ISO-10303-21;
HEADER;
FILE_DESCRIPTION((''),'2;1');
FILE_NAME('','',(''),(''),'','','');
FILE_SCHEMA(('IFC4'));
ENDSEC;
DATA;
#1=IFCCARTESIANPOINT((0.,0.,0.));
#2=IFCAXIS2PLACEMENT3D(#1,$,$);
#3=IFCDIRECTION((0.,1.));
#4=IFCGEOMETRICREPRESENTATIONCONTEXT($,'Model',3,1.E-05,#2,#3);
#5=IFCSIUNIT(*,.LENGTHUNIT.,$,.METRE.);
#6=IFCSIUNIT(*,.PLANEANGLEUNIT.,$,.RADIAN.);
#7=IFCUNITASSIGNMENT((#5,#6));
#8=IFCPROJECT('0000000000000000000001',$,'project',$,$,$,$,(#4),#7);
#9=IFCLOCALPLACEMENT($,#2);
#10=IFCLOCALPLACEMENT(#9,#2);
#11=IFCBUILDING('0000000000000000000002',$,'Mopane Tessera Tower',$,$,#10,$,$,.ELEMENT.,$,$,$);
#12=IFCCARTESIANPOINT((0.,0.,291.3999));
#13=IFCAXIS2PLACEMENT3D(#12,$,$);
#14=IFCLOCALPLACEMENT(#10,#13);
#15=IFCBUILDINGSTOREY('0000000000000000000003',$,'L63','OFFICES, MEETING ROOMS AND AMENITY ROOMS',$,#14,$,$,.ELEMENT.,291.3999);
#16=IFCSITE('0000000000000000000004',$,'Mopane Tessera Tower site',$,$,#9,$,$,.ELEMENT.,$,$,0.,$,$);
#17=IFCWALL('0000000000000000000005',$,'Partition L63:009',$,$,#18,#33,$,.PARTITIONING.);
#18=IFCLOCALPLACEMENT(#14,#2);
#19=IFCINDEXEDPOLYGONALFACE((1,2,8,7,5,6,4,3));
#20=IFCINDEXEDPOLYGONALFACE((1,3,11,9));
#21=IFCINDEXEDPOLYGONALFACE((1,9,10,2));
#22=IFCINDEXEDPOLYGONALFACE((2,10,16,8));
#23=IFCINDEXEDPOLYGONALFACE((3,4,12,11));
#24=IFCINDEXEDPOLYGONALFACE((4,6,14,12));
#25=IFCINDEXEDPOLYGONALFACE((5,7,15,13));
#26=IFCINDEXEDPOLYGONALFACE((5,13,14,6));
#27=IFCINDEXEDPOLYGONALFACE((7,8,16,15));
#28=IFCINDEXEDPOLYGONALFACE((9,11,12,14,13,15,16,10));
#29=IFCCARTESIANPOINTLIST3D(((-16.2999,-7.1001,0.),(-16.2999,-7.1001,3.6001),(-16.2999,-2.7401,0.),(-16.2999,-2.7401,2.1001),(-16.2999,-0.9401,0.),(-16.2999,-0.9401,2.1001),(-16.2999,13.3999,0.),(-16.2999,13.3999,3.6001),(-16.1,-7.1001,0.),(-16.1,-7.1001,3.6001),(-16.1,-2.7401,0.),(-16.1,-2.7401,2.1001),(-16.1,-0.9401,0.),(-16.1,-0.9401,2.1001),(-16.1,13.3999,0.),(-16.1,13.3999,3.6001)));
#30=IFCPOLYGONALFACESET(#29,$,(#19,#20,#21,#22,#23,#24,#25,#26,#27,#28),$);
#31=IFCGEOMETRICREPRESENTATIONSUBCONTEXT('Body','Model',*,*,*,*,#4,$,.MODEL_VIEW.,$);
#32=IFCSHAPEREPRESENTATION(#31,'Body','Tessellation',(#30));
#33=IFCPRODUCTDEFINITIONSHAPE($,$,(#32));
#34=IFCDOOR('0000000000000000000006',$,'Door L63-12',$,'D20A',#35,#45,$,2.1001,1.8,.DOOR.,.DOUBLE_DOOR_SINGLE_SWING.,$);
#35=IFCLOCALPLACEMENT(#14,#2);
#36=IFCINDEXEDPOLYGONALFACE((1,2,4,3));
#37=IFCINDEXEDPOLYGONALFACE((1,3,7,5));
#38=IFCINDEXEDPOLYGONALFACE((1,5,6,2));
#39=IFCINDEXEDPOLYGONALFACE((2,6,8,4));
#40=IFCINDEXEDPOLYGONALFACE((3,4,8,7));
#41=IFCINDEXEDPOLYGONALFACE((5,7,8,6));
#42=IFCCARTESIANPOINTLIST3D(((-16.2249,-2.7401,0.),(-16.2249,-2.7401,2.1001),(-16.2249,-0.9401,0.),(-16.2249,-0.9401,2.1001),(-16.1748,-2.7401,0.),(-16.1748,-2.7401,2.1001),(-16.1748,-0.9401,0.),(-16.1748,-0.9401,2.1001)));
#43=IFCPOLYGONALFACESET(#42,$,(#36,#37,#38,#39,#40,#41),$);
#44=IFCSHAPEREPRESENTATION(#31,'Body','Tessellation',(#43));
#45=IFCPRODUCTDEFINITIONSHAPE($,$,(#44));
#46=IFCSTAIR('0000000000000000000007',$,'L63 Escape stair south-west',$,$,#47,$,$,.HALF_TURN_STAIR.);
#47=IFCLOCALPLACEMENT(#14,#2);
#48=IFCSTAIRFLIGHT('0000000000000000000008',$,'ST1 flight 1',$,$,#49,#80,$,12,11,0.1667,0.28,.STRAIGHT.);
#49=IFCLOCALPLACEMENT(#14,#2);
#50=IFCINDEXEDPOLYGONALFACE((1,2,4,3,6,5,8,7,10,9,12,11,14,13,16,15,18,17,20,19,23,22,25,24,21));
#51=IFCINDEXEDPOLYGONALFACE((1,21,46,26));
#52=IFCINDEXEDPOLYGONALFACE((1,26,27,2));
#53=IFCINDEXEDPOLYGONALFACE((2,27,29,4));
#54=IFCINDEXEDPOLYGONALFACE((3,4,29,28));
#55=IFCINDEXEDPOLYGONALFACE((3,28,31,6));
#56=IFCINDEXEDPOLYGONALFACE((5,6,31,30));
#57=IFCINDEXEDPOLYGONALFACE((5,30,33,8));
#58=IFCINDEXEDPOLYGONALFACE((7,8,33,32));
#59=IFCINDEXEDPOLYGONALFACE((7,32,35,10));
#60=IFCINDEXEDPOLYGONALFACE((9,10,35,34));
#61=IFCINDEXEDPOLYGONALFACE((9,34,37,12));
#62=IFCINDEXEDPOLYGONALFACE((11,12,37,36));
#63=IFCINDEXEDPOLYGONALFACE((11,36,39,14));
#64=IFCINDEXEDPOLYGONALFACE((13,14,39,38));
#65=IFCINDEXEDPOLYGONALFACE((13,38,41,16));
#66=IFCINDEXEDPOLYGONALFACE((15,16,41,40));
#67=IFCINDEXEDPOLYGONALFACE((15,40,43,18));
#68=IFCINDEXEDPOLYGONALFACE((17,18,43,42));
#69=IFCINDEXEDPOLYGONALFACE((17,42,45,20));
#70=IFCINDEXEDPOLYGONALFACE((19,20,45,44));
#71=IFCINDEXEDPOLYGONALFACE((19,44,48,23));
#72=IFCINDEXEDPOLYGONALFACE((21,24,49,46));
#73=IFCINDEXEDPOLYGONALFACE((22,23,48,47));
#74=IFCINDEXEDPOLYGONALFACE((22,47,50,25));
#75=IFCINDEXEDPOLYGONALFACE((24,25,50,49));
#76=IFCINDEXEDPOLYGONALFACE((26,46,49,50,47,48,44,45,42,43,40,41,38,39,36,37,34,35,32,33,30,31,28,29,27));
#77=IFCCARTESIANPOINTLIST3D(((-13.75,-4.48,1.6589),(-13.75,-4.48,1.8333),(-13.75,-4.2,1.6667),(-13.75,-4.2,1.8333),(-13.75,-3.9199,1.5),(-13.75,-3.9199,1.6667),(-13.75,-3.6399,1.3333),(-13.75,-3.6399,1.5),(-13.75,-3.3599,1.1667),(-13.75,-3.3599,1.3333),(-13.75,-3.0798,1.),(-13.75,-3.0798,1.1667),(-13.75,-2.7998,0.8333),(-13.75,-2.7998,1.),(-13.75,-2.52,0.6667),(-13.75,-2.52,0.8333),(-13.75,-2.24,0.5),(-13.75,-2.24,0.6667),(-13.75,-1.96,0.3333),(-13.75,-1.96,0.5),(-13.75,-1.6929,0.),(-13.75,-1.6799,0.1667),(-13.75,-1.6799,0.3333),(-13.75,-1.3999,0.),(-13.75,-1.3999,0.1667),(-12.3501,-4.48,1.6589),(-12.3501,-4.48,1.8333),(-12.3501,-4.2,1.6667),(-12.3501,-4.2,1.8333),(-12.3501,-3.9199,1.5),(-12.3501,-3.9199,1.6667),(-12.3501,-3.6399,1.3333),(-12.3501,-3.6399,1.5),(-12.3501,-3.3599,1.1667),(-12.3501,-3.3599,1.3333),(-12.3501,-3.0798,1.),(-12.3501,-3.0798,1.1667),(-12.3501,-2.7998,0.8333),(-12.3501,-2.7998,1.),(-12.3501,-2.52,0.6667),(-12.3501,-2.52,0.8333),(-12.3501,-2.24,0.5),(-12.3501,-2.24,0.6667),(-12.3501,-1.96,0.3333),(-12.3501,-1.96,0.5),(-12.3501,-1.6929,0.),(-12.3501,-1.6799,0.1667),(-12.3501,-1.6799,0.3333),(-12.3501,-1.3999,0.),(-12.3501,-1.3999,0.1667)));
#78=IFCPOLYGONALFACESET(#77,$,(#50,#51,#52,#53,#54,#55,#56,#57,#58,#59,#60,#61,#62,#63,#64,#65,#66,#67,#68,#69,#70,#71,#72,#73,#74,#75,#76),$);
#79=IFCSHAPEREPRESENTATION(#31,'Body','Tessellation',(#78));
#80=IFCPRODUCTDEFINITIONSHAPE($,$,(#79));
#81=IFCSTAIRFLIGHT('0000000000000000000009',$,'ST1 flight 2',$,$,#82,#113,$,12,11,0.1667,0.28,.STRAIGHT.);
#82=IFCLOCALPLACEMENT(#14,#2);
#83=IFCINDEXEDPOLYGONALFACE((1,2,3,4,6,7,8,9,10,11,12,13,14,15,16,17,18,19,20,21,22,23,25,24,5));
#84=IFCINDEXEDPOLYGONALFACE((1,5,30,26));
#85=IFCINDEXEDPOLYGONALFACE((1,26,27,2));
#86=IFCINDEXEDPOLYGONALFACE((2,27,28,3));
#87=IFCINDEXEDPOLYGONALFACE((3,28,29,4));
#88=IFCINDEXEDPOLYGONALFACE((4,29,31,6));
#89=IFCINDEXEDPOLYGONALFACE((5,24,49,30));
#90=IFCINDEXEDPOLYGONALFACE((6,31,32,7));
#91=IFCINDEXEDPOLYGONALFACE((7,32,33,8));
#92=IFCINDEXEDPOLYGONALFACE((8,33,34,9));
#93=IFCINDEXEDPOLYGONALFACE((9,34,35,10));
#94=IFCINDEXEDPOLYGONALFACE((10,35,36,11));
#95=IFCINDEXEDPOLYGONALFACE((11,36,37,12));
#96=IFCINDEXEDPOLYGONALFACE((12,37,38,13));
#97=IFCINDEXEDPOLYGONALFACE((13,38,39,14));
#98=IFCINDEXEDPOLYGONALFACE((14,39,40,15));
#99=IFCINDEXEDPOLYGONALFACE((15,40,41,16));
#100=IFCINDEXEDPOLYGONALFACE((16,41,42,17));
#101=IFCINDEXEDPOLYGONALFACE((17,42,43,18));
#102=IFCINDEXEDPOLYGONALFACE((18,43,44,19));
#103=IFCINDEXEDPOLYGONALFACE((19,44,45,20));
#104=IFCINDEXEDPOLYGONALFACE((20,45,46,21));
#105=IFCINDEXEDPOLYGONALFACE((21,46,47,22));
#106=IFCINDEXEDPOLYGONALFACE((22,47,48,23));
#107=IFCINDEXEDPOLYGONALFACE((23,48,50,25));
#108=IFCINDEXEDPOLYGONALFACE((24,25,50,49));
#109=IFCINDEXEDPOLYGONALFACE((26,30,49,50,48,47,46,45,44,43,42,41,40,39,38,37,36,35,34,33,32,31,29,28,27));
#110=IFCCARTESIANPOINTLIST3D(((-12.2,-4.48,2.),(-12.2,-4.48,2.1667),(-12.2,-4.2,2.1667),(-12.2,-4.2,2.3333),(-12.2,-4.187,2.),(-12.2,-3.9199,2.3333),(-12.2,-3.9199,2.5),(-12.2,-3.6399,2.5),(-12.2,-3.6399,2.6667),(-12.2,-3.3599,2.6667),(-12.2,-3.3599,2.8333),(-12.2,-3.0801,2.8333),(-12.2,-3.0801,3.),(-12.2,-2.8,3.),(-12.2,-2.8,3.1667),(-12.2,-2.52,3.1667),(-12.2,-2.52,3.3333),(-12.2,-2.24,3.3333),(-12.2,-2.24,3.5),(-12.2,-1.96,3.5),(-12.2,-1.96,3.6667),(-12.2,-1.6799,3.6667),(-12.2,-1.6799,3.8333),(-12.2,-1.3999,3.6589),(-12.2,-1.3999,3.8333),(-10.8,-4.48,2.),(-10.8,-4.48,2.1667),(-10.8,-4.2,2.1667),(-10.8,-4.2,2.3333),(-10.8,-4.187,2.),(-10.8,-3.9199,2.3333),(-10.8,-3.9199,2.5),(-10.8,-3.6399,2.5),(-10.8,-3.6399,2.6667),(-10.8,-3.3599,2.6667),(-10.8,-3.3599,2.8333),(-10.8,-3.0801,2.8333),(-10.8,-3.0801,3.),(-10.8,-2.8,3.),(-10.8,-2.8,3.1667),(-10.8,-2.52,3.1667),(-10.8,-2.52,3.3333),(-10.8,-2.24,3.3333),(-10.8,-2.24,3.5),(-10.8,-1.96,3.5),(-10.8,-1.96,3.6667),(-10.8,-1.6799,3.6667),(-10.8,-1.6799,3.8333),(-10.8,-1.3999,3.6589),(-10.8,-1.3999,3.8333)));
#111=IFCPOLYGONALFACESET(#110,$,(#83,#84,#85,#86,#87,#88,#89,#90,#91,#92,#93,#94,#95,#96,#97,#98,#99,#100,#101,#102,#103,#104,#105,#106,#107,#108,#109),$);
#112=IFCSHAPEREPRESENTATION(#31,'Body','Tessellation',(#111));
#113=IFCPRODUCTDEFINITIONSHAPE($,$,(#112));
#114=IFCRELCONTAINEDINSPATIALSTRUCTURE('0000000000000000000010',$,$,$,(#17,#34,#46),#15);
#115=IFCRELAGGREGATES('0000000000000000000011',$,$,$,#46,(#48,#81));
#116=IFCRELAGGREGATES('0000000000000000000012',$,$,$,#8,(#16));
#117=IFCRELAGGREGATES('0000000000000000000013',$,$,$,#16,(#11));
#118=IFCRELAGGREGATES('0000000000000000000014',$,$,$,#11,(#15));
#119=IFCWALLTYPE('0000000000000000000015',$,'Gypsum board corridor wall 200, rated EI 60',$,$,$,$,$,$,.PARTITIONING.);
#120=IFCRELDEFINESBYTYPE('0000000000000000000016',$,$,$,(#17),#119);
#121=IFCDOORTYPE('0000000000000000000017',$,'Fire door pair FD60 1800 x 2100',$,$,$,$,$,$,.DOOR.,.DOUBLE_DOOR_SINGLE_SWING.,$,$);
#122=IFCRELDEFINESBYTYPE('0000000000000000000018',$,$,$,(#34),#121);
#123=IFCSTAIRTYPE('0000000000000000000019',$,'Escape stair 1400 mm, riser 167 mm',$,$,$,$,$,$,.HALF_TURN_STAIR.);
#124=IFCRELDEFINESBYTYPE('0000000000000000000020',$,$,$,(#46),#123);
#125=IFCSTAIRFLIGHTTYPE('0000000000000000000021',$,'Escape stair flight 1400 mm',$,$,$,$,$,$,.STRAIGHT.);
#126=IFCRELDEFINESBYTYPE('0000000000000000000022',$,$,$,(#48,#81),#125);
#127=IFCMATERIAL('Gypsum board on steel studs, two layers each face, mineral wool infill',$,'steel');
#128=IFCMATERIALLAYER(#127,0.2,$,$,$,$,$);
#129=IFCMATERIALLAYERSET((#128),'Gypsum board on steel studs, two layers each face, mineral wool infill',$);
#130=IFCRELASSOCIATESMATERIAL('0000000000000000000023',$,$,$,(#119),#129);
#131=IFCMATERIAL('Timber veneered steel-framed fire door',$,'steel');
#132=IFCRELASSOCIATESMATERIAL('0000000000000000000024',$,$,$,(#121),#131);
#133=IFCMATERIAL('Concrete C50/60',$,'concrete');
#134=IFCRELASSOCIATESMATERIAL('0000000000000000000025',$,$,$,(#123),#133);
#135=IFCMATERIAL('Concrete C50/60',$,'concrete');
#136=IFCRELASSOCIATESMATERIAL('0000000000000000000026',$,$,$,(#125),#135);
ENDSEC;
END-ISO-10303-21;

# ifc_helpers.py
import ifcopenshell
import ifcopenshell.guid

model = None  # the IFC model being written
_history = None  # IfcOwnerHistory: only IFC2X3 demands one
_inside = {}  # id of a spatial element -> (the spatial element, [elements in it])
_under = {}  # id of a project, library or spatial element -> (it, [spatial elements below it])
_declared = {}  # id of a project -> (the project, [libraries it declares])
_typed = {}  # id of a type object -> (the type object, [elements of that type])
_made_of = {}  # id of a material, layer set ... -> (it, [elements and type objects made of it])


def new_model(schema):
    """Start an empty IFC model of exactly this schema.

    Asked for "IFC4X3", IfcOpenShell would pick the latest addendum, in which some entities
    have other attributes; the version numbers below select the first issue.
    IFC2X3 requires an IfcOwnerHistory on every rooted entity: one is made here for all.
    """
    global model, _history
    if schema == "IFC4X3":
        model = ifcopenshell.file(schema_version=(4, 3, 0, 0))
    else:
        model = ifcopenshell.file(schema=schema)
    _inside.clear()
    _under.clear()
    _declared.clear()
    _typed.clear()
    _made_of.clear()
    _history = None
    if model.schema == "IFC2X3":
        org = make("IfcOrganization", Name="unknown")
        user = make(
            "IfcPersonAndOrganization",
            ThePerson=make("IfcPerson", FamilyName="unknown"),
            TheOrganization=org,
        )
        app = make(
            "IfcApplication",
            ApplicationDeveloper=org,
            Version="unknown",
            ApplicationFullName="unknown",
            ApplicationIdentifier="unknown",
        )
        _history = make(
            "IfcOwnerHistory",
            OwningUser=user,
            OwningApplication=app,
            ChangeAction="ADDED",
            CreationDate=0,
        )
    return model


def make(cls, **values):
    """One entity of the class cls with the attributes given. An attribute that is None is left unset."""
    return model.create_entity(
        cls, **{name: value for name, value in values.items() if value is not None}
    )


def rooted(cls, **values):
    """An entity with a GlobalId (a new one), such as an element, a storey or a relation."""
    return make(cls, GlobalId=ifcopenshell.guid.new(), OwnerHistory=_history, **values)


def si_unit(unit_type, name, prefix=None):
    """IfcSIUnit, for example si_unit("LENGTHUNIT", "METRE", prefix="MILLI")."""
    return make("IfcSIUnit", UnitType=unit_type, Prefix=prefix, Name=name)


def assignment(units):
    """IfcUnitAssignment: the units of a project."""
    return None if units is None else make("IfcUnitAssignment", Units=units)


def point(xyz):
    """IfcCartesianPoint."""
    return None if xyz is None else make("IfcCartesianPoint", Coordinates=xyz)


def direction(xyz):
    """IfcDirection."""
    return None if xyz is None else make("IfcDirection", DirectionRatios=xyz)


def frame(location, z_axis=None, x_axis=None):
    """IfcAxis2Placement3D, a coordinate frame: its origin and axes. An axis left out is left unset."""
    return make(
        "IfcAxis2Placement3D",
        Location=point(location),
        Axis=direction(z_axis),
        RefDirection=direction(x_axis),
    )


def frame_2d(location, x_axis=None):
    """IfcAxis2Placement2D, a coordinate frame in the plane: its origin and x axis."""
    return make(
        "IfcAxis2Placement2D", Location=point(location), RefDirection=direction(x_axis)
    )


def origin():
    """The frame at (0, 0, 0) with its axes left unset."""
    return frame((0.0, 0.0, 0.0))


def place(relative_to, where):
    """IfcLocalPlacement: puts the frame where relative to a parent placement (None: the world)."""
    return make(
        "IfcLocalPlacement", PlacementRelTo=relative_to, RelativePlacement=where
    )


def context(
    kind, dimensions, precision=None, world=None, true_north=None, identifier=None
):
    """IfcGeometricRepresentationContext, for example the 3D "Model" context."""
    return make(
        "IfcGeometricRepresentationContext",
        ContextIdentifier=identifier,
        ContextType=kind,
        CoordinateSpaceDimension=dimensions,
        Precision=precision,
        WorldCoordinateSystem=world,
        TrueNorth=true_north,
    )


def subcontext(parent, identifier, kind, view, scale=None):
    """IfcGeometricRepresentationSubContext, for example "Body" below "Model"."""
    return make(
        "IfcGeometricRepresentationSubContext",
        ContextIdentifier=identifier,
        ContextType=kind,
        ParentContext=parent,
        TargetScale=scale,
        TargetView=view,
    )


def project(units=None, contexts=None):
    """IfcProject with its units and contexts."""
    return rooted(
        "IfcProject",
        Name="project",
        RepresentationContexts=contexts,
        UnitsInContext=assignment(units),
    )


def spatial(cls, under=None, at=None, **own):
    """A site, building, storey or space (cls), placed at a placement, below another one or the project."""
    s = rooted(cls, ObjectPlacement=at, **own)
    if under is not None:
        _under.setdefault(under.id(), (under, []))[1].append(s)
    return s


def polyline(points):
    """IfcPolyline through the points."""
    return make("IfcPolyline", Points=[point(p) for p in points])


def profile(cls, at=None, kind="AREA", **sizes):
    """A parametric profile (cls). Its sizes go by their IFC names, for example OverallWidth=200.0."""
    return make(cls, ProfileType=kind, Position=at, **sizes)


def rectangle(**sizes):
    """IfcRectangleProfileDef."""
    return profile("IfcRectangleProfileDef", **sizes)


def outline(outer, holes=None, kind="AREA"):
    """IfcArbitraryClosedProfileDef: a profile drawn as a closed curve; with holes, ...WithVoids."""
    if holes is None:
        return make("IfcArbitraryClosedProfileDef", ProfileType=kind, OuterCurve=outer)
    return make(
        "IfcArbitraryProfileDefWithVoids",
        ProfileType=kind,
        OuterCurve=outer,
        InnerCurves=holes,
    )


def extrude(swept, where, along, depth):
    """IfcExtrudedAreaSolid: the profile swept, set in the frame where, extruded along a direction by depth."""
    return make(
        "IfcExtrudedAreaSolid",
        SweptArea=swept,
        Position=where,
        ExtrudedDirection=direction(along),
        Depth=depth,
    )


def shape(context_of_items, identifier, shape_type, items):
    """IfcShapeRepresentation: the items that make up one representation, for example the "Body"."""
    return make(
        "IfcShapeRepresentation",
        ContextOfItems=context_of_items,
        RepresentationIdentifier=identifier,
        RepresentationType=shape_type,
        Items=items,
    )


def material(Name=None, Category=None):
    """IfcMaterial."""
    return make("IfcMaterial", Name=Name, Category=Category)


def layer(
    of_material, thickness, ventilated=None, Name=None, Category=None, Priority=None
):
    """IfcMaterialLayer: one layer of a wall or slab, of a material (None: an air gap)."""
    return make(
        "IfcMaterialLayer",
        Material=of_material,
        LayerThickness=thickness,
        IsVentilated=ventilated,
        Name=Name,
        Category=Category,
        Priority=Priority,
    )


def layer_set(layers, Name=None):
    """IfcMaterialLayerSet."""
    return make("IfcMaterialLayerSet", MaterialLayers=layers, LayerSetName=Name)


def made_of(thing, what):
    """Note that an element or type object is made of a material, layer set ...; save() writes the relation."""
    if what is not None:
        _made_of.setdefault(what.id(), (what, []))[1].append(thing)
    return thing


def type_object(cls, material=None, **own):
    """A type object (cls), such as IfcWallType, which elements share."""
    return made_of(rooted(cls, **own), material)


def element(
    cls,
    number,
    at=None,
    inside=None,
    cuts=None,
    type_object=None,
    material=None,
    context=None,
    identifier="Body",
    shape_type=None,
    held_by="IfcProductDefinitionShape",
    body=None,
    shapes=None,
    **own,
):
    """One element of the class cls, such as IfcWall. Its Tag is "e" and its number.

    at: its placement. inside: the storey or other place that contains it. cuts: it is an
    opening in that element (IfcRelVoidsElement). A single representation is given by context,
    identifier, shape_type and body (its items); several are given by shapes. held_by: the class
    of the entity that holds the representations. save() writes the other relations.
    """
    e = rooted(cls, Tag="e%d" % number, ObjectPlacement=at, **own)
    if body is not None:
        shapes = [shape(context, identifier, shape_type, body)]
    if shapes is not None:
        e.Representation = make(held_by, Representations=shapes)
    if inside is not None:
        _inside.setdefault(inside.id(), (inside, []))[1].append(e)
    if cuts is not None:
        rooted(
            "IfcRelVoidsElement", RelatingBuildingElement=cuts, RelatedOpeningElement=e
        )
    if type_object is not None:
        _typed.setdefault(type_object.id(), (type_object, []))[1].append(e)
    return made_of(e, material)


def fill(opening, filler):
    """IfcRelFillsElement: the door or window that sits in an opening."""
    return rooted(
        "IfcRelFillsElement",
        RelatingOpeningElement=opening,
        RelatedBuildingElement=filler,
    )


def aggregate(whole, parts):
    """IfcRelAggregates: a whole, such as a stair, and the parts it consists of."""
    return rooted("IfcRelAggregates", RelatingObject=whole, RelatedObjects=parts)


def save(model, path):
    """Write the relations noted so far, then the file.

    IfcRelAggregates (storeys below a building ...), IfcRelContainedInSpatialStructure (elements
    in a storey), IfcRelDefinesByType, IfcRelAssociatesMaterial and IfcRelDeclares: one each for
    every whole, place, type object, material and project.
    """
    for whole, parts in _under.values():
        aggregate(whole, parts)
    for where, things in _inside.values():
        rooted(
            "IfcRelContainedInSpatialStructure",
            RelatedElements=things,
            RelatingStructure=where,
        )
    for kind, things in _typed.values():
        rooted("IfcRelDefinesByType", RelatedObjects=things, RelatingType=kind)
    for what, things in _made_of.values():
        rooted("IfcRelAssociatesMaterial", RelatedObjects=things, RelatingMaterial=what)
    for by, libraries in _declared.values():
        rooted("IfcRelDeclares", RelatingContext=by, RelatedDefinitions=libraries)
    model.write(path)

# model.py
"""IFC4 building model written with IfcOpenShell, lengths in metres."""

from ifc_helpers import new_model, si_unit, direction, frame, frame_2d, origin, place, context, subcontext, project, spatial, polyline, rectangle, outline, extrude, material, layer, layer_set, type_object, element, fill, aggregate, save


model = new_model("IFC4")

# Units and contexts
model_context = context("Model", 3, precision=1e-05, world=origin(), true_north=direction((0.0, 1.0)))
body_context = subcontext(model_context, "Body", "Model", "MODEL_VIEW")
ifc_project = project(units=[si_unit("LENGTHUNIT", "METRE"), si_unit("PLANEANGLEUNIT", "RADIAN")], contexts=[model_context])

# Site, building, storey
site_placement = place(None, origin())
site = spatial("IfcSite", under=ifc_project, at=site_placement, Name="Mopane Tessera Tower site", CompositionType="ELEMENT", RefElevation=0.0)
building_placement = place(site_placement, origin())
building = spatial("IfcBuilding", under=site, at=building_placement, Name="Mopane Tessera Tower", CompositionType="ELEMENT")
storey_placement = place(building_placement, frame((0.0, 0.0, 291.3999)))
storey = spatial("IfcBuildingStorey", under=building, at=storey_placement, Name="L63", Description="OFFICES, MEETING ROOMS AND AMENITY ROOMS", CompositionType="ELEMENT", Elevation=291.3999)

# Wall, opening, door
ifc_material_1 = material(Name="Gypsum board on steel studs, two layers each face, mineral wool infill", Category="steel")
ifc_layer_1 = layer(ifc_material_1, 0.2)
ifc_layer_set_1 = layer_set([ifc_layer_1], Name="Gypsum board on steel studs, two layers each face, mineral wool infill")
wall_type_1 = type_object("IfcWallType", Name="Gypsum board corridor wall 200, rated EI 60", PredefinedType="PARTITIONING", material=ifc_layer_set_1)
wall_1_placement = place(storey_placement, frame((-16.2, -7.1001, 0.0), z_axis=(0.0, 0.0, 1.0), x_axis=(0.0, 1.0, 0.0)))
wall_1 = element("IfcWall", 1, at=wall_1_placement, inside=storey, type_object=wall_type_1, Name="Partition L63:009", PredefinedType="PARTITIONING", context=body_context, shape_type="SweptSolid", body=[
    extrude(rectangle(XDim=20.5, YDim=0.2, at=frame_2d((10.25, 0.0))), origin(), (0.0, 0.0, 1.0), 3.6001),
])
opening_1_placement = place(wall_1_placement, frame((4.3601, 0.0, 0.0)))
opening_1 = element("IfcOpeningElement", 2, at=opening_1_placement, cuts=wall_1, PredefinedType="OPENING", context=body_context, shape_type="SweptSolid", body=[
    extrude(rectangle(XDim=1.8, YDim=2.1001, at=frame_2d((0.8999, 1.05))), frame((0.0, 0.1121, 0.0), z_axis=(0.0, -1.0, 0.0), x_axis=(1.0, 0.0, 0.0)), (0.0, 0.0, 1.0), 0.2239),
])
ifc_material_2 = material(Name="Timber veneered steel-framed fire door", Category="steel")
door_type_1 = type_object("IfcDoorType", Name="Fire door pair FD60 1800 x 2100", OperationType="DOUBLE_DOOR_SINGLE_SWING", PredefinedType="DOOR", material=ifc_material_2)
door_1_placement = place(opening_1_placement, origin())
door_1 = element("IfcDoor", 3, at=door_1_placement, inside=storey, type_object=door_type_1, Name="Door L63-12", ObjectType="D20A", OperationType="DOUBLE_DOOR_SINGLE_SWING", OverallHeight=2.1001, OverallWidth=1.8, PredefinedType="DOOR", context=body_context, shape_type="SweptSolid", body=[
    extrude(rectangle(XDim=1.8, YDim=2.1001, at=frame_2d((0.8999, 1.05))), frame((0.0, 0.0249, 0.0), z_axis=(0.0, -1.0, 0.0), x_axis=(1.0, 0.0, 0.0)), (0.0, 0.0, 1.0), 0.05),
])
fill(opening_1, door_1)

# Stair, stair flights
ifc_material_3 = material(Name="Concrete C50/60", Category="concrete")
stair_type = type_object("IfcStairType", Name="Escape stair 1400 mm, riser 167 mm", PredefinedType="HALF_TURN_STAIR", material=ifc_material_3)
stair_placement = place(storey_placement, origin())
stair = element("IfcStair", 4, at=stair_placement, inside=storey, type_object=stair_type, Name="L63 Escape stair south-west", PredefinedType="HALF_TURN_STAIR")
ifc_material_4 = material(Name="Concrete C50/60", Category="concrete")
stair_flight_type = type_object("IfcStairFlightType", Name="Escape stair flight 1400 mm", PredefinedType="STRAIGHT", material=ifc_material_4)
stair_flight_1_placement = place(storey_placement, frame((-13.05, -1.3999, 0.0), z_axis=(0.0, 0.0, 1.0), x_axis=(0.0, -1.0, 0.0)))
stair_flight_1 = element("IfcStairFlight", 5, at=stair_flight_1_placement, type_object=stair_flight_type, Name="ST1 flight 1", NumberOfRisers=12, NumberOfTreads=11, PredefinedType="STRAIGHT", RiserHeight=0.1667, TreadLength=0.28, context=body_context, shape_type="SweptSolid", body=[
    extrude(outline(polyline([(0.0, 0.0), (0.0, 0.1667), (0.28, 0.1667), (0.28, 0.3333), (0.5601, 0.3333), (0.5601, 0.5), (0.8401, 0.5), (0.8401, 0.6667), (1.1201, 0.6667), (1.1201, 0.8333), (1.3999, 0.8333), (1.3999, 1.0), (1.6799, 1.0), (1.6799, 1.1667), (1.96, 1.1667), (1.96, 1.3333), (2.24, 1.3333), (2.24, 1.5), (2.52, 1.5), (2.52, 1.6667), (2.8, 1.6667), (2.8, 1.8333), (3.0801, 1.8333), (3.0801, 2.0), (3.0801, 1.6589), (0.293, 0.0), (0.0, 0.0)])), frame((0.0, 0.7, 0.0), z_axis=(0.0, -1.0, 0.0), x_axis=(1.0, 0.0, 0.0)), (0.0, 0.0, 1.0), 1.3999),
])
stair_flight_2_placement = place(storey_placement, frame((-11.5, -4.48, 2.0), z_axis=(0.0, 0.0, 1.0), x_axis=(0.0, 1.0, 0.0)))
stair_flight_2 = element("IfcStairFlight", 6, at=stair_flight_2_placement, type_object=stair_flight_type, Name="ST1 flight 2", NumberOfRisers=12, NumberOfTreads=11, PredefinedType="STRAIGHT", RiserHeight=0.1667, TreadLength=0.28, context=body_context, shape_type="SweptSolid", body=[
    extrude(outline(polyline([(0.0, 0.0), (0.0, 0.1667), (0.28, 0.1667), (0.28, 0.3333), (0.5601, 0.3333), (0.5601, 0.5), (0.8401, 0.5), (0.8401, 0.6667), (1.1201, 0.6667), (1.1201, 0.8333), (1.3999, 0.8333), (1.3999, 1.0), (1.6799, 1.0), (1.6799, 1.1667), (1.96, 1.1667), (1.96, 1.3333), (2.24, 1.3333), (2.24, 1.5), (2.52, 1.5), (2.52, 1.6667), (2.8, 1.6667), (2.8, 1.8333), (3.0801, 1.8333), (3.0801, 2.0), (3.0801, 1.6589), (0.293, 0.0), (0.0, 0.0)])), frame((0.0, 0.7, 0.0), z_axis=(0.0, -1.0, 0.0), x_axis=(1.0, 0.0, 0.0)), (0.0, 0.0, 1.0), 1.3999),
])
aggregate(stair, [stair_flight_1, stair_flight_2])

save(model, "model.ifc")
